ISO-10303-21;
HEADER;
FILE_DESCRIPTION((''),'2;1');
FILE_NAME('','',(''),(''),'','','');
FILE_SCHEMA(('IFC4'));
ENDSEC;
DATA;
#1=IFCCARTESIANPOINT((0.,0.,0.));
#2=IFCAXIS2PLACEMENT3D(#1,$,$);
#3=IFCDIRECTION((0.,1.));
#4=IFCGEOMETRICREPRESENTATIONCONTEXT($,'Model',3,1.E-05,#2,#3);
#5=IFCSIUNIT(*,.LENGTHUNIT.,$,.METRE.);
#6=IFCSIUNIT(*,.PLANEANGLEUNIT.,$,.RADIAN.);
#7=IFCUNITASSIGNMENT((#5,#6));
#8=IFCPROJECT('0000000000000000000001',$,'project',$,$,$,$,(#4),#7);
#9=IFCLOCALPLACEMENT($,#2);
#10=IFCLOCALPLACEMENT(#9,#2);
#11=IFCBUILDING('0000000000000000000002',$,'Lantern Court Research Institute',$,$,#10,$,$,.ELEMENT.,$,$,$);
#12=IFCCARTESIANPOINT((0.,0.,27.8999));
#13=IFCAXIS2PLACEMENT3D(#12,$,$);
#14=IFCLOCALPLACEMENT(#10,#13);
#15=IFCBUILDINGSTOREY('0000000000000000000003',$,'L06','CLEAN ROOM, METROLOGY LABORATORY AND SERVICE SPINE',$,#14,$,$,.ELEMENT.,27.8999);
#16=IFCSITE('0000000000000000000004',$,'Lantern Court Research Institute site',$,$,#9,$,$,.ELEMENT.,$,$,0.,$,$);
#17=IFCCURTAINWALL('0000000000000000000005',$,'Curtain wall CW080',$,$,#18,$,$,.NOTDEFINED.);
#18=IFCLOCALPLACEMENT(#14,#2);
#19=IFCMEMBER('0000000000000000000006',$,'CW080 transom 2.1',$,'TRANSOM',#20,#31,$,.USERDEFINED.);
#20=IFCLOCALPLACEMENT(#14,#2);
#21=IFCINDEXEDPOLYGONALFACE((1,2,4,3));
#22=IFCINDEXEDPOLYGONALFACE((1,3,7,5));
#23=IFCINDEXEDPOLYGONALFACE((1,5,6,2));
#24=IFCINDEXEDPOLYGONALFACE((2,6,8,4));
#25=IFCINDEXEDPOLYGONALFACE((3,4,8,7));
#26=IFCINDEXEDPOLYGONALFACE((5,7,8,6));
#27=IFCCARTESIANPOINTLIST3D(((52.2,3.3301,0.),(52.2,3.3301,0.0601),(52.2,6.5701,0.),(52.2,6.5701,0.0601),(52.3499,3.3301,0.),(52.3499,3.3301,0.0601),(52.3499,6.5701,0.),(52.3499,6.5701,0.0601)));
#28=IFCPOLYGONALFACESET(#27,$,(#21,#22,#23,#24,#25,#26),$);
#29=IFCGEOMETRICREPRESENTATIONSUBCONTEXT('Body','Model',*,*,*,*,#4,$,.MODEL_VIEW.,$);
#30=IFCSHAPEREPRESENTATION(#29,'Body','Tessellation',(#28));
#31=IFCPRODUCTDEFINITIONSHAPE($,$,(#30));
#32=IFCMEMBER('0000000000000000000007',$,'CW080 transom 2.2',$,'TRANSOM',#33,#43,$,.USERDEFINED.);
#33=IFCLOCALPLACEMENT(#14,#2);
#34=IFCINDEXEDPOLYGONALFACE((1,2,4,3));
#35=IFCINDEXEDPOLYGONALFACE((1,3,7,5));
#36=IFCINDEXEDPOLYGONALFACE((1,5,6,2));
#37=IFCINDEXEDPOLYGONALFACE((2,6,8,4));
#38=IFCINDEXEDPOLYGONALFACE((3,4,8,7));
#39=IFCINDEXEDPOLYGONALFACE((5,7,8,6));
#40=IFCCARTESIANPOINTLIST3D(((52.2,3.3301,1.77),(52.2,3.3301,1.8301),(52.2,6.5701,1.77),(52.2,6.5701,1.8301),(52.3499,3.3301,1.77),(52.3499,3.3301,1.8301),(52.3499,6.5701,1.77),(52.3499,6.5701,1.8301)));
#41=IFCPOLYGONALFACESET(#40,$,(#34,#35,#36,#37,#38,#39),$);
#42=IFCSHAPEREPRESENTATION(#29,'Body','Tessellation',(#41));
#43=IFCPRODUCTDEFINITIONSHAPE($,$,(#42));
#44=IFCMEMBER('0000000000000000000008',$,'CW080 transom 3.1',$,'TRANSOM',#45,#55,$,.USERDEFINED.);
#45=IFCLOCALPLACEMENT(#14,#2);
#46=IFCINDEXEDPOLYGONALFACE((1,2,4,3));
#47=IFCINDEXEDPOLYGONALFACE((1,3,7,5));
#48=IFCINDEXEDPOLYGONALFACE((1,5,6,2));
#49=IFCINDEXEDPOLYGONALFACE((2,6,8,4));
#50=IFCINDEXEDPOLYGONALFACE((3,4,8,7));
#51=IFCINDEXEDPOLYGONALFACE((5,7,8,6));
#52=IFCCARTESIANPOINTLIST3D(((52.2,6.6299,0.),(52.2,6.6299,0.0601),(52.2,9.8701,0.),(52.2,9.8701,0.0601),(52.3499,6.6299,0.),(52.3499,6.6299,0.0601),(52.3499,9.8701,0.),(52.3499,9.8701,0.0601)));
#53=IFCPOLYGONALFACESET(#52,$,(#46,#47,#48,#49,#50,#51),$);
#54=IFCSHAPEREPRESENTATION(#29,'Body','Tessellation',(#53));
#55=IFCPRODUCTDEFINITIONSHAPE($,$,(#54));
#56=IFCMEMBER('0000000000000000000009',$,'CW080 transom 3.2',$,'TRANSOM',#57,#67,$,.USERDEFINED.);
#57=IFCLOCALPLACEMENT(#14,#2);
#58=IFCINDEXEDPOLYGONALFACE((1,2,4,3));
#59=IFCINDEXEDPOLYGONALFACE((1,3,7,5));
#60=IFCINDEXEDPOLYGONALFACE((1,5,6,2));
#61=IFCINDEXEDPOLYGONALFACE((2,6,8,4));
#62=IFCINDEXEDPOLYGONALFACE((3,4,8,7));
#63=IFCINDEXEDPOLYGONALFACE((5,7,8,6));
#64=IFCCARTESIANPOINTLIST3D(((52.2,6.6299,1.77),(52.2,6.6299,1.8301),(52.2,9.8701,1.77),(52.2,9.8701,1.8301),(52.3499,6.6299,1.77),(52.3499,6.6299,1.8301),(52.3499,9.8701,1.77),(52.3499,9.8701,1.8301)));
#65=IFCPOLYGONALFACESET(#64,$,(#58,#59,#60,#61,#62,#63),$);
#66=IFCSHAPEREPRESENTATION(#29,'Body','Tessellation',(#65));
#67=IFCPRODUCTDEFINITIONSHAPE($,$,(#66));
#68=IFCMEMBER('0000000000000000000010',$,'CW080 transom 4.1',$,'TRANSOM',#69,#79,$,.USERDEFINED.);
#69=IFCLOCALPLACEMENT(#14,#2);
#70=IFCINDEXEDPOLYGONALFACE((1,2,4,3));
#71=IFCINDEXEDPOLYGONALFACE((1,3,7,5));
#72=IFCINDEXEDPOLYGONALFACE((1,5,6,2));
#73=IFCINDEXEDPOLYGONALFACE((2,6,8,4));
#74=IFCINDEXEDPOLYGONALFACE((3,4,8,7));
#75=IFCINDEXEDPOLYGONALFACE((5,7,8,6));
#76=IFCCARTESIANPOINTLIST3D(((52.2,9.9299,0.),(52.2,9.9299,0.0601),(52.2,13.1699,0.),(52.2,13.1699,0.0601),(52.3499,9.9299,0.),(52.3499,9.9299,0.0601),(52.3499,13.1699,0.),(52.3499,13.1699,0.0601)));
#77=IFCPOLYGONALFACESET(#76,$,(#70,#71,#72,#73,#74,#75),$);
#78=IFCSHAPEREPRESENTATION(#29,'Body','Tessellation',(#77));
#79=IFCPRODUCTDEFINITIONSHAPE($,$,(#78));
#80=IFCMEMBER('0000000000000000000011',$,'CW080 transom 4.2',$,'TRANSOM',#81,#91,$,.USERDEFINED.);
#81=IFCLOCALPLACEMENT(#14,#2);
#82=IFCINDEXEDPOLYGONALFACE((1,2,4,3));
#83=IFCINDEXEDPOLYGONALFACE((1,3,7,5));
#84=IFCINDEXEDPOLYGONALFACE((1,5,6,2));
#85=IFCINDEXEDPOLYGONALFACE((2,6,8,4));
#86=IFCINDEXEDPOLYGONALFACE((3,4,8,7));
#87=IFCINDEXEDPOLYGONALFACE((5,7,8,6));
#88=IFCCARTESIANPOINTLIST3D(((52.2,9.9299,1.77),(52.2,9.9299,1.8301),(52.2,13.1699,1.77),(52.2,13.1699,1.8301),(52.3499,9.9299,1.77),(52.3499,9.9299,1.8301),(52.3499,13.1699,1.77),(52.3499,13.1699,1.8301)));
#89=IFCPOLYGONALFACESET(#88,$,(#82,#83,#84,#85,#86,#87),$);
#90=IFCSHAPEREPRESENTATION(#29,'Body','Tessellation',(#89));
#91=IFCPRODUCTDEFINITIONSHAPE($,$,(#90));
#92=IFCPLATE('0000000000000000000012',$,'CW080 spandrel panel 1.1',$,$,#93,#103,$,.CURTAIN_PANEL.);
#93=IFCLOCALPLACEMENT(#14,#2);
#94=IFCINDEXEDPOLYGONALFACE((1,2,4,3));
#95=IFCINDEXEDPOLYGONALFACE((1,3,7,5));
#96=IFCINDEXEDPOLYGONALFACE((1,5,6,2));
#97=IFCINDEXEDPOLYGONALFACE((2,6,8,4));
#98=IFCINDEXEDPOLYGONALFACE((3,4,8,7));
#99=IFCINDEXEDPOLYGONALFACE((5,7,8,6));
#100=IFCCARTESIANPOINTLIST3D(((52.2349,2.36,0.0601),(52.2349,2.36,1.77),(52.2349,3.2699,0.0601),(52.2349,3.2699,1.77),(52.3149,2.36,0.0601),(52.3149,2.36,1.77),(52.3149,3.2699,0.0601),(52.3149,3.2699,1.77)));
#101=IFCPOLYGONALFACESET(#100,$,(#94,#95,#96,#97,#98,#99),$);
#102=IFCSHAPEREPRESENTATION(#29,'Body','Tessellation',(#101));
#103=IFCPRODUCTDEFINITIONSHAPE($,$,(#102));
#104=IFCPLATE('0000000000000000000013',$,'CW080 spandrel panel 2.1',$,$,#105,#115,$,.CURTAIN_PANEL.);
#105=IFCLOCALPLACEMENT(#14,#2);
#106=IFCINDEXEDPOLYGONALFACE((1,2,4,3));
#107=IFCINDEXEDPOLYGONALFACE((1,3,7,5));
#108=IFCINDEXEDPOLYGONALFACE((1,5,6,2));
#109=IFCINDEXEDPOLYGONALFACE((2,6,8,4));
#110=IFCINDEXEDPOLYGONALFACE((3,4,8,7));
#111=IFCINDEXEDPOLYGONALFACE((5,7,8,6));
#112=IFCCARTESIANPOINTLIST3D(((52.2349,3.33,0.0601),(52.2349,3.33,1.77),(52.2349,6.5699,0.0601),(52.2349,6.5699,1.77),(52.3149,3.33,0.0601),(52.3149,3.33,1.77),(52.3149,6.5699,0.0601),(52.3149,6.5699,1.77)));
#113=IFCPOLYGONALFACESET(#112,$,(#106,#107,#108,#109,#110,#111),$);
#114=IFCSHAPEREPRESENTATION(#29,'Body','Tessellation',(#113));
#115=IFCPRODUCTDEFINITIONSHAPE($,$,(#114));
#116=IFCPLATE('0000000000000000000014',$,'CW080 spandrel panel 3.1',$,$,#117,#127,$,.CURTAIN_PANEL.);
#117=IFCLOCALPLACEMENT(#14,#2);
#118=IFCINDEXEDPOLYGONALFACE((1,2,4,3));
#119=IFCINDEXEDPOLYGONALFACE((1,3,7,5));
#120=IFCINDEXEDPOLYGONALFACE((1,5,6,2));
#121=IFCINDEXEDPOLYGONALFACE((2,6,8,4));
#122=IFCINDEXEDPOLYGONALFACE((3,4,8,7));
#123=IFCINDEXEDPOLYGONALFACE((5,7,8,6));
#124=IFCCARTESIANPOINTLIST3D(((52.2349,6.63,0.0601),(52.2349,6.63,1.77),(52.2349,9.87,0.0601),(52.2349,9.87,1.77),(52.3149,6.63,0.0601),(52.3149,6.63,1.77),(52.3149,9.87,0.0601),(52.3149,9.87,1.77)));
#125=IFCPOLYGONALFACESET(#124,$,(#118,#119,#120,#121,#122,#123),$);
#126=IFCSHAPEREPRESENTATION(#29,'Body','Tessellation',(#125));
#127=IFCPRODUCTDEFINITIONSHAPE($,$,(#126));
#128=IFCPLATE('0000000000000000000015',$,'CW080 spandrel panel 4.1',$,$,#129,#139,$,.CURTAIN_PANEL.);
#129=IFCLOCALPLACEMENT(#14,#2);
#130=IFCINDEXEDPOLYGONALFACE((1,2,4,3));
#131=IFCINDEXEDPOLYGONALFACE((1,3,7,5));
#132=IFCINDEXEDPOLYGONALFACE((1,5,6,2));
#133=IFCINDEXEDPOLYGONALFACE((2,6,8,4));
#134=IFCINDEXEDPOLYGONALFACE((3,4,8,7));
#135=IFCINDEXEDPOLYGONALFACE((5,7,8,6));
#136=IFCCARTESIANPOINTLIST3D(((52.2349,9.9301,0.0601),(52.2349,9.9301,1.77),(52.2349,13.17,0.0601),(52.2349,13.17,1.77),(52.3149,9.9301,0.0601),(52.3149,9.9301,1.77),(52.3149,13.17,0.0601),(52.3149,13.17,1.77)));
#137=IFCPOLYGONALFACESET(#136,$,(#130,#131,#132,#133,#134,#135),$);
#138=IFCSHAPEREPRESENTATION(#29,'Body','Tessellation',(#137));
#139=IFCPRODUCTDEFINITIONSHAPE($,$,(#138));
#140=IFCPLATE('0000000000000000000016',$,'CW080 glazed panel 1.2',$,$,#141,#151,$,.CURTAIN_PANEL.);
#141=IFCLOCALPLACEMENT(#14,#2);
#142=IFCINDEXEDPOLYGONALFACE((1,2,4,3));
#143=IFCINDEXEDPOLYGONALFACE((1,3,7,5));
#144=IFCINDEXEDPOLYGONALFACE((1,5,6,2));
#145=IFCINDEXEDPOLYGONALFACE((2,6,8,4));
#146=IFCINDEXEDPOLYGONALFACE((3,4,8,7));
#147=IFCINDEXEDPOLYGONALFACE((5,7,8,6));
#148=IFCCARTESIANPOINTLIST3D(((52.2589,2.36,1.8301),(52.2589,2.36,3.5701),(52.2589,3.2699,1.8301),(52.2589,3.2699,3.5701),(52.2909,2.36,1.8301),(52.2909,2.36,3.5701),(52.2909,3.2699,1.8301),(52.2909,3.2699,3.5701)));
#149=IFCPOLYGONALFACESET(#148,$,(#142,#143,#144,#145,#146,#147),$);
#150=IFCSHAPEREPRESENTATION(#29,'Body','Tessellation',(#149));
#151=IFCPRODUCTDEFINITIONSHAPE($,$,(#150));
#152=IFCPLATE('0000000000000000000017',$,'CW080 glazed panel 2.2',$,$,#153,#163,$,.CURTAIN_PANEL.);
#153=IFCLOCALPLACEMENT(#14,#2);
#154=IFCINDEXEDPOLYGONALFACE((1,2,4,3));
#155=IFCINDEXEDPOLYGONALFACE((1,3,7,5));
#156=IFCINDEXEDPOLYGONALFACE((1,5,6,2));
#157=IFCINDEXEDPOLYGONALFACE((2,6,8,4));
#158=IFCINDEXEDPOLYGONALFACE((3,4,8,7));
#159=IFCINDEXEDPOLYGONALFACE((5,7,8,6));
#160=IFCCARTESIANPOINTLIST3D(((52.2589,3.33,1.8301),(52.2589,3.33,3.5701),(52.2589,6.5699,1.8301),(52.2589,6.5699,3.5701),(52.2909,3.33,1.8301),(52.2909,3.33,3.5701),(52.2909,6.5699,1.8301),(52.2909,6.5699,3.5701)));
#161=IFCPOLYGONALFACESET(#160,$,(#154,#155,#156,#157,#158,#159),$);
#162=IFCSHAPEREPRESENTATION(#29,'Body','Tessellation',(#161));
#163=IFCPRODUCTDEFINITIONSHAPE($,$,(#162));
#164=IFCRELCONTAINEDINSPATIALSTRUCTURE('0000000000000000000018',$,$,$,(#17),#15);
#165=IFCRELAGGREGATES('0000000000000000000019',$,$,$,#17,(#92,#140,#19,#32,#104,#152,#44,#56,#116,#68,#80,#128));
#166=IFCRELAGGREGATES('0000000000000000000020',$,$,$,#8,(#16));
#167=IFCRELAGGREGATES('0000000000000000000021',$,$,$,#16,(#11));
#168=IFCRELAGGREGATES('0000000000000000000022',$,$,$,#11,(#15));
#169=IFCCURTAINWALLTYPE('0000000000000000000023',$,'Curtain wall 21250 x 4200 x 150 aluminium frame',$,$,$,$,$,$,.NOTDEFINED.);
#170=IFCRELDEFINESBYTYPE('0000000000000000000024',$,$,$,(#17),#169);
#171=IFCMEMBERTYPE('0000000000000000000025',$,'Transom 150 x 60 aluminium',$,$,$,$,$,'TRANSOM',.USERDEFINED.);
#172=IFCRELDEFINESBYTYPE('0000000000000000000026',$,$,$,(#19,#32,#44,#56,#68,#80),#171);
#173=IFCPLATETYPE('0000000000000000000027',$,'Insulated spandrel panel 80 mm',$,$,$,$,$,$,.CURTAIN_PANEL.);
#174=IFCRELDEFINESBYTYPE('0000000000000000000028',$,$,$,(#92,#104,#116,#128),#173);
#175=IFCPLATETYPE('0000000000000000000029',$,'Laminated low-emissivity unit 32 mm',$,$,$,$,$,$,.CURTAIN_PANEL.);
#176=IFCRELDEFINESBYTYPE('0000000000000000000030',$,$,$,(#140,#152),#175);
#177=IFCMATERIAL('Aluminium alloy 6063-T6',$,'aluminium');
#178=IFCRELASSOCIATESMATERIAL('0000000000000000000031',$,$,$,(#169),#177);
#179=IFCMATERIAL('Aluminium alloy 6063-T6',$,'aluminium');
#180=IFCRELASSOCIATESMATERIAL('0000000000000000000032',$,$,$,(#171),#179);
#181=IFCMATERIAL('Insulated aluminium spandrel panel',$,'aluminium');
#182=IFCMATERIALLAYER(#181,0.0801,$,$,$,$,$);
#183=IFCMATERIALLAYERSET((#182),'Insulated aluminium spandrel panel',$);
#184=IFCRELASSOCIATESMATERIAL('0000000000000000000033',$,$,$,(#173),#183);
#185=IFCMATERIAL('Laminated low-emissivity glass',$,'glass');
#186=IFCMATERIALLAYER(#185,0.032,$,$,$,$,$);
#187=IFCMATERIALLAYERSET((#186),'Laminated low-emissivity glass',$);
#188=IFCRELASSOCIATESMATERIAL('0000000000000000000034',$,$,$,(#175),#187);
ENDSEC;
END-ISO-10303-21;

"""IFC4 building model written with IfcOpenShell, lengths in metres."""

from ifc_helpers import new_model, si_unit, direction, frame, origin, origin_2d, place, context, subcontext, project, spatial, rectangle, extrude, material, layer, layer_set, material_profile, profile_set, type_object, element, aggregate, save


model = new_model("IFC4")

# Units and contexts
model_context = context("Model", 3, precision=1e-05, world=origin(), true_north=direction((0.0, 1.0)))
body_context = subcontext(model_context, "Body", "Model", "MODEL_VIEW")
ifc_project = project(units=[si_unit("LENGTHUNIT", "METRE"), si_unit("PLANEANGLEUNIT", "RADIAN")], contexts=[model_context])

# Site, building, storey
site_placement = place(None, origin())
site = spatial("IfcSite", under=ifc_project, at=site_placement, Name="Lantern Court Research Institute site", CompositionType="ELEMENT", RefElevation=0.0)
building_placement = place(site_placement, origin())
building = spatial("IfcBuilding", under=site, at=building_placement, Name="Lantern Court Research Institute", CompositionType="ELEMENT")
storey_placement = place(building_placement, frame((0.0, 0.0, 27.8999)))
storey = spatial("IfcBuildingStorey", under=building, at=storey_placement, Name="L06", Description="CLEAN ROOM, METROLOGY LABORATORY AND SERVICE SPINE", CompositionType="ELEMENT", Elevation=27.8999)

# Curtain wall
ifc_material_1 = material(Name="Aluminium alloy 6063-T6", Category="aluminium")
curtain_wall_type = type_object("IfcCurtainWallType", Name="Curtain wall 21250 x 4200 x 150 aluminium frame", PredefinedType="NOTDEFINED", material=ifc_material_1)
curtain_wall_placement = place(storey_placement, origin())
curtain_wall = element("IfcCurtainWall", 1, at=curtain_wall_placement, inside=storey, type_object=curtain_wall_type, Name="Curtain wall CW080", PredefinedType="NOTDEFINED")

# Members
ifc_material_2 = material(Name="Aluminium alloy 6063-T6", Category="aluminium")
ifc_material_profile_1 = material_profile(ifc_material_2, rectangle(XDim=0.1499, YDim=0.0601, at=origin_2d()), Name="Transom 150 x 60")
ifc_profile_set_1 = profile_set([ifc_material_profile_1], Name="Aluminium alloy 6063-T6")
member_type_1 = type_object("IfcMemberType", Name="Transom 150 x 60 aluminium", ElementType="TRANSOM", PredefinedType="USERDEFINED", material=ifc_profile_set_1)
member_1_placement = place(storey_placement, frame((52.2749, 3.3301, 0.03), z_axis=(0.0, 1.0, 0.0), x_axis=(-1.0, 0.0, 0.0)))
member_1 = element("IfcMember", 2, at=member_1_placement, type_object=member_type_1, Name="CW080 transom 2.1", ObjectType="TRANSOM", PredefinedType="USERDEFINED", context=body_context, shape_type="SweptSolid", body=[
    extrude(rectangle(XDim=0.1499, YDim=0.0601, at=origin_2d()), origin(), (0.0, 0.0, 1.0), 3.24),
])
member_2_placement = place(storey_placement, frame((52.2749, 3.3301, 1.8), z_axis=(0.0, 1.0, 0.0), x_axis=(-1.0, 0.0, 0.0)))
member_2 = element("IfcMember", 3, at=member_2_placement, type_object=member_type_1, Name="CW080 transom 2.2", ObjectType="TRANSOM", PredefinedType="USERDEFINED", context=body_context, shape_type="SweptSolid", body=[
    extrude(rectangle(XDim=0.1499, YDim=0.0601, at=origin_2d()), origin(), (0.0, 0.0, 1.0), 3.24),
])
member_3_placement = place(storey_placement, frame((52.2749, 6.6299, 0.03), z_axis=(0.0, 1.0, 0.0), x_axis=(-1.0, 0.0, 0.0)))
member_3 = element("IfcMember", 4, at=member_3_placement, type_object=member_type_1, Name="CW080 transom 3.1", ObjectType="TRANSOM", PredefinedType="USERDEFINED", context=body_context, shape_type="SweptSolid", body=[
    extrude(rectangle(XDim=0.1499, YDim=0.0601, at=origin_2d()), origin(), (0.0, 0.0, 1.0), 3.2402),
])
member_4_placement = place(storey_placement, frame((52.2749, 6.6299, 1.8), z_axis=(0.0, 1.0, 0.0), x_axis=(-1.0, 0.0, 0.0)))
member_4 = element("IfcMember", 5, at=member_4_placement, type_object=member_type_1, Name="CW080 transom 3.2", ObjectType="TRANSOM", PredefinedType="USERDEFINED", context=body_context, shape_type="SweptSolid", body=[
    extrude(rectangle(XDim=0.1499, YDim=0.0601, at=origin_2d()), origin(), (0.0, 0.0, 1.0), 3.2402),
])
member_5_placement = place(storey_placement, frame((52.2749, 9.9299, 0.03), z_axis=(0.0, 1.0, 0.0), x_axis=(-1.0, 0.0, 0.0)))
member_5 = element("IfcMember", 6, at=member_5_placement, type_object=member_type_1, Name="CW080 transom 4.1", ObjectType="TRANSOM", PredefinedType="USERDEFINED", context=body_context, shape_type="SweptSolid", body=[
    extrude(rectangle(XDim=0.1499, YDim=0.0601, at=origin_2d()), origin(), (0.0, 0.0, 1.0), 3.24),
])
member_6_placement = place(storey_placement, frame((52.2749, 9.9299, 1.8), z_axis=(0.0, 1.0, 0.0), x_axis=(-1.0, 0.0, 0.0)))
member_6 = element("IfcMember", 7, at=member_6_placement, type_object=member_type_1, Name="CW080 transom 4.2", ObjectType="TRANSOM", PredefinedType="USERDEFINED", context=body_context, shape_type="SweptSolid", body=[
    extrude(rectangle(XDim=0.1499, YDim=0.0601, at=origin_2d()), origin(), (0.0, 0.0, 1.0), 3.24),
])

# Plates
ifc_material_3 = material(Name="Insulated aluminium spandrel panel", Category="aluminium")
ifc_layer_1 = layer(ifc_material_3, 0.0801)
ifc_layer_set_1 = layer_set([ifc_layer_1], Name="Insulated aluminium spandrel panel")
plate_type_1 = type_object("IfcPlateType", Name="Insulated spandrel panel 80 mm", PredefinedType="CURTAIN_PANEL", material=ifc_layer_set_1)
plate_1_placement = place(storey_placement, frame((52.2749, 2.8149, 0.0601), z_axis=(0.0, 0.0, 1.0), x_axis=(0.0, 1.0, 0.0)))
plate_1 = element("IfcPlate", 8, at=plate_1_placement, type_object=plate_type_1, Name="CW080 spandrel panel 1.1", PredefinedType="CURTAIN_PANEL", context=body_context, shape_type="SweptSolid", body=[
    extrude(rectangle(XDim=0.9099, YDim=0.0801, at=origin_2d()), origin(), (0.0, 0.0, 1.0), 1.71),
])
plate_2_placement = place(storey_placement, frame((52.2749, 4.95, 0.0601), z_axis=(0.0, 0.0, 1.0), x_axis=(0.0, 1.0, 0.0)))
plate_2 = element("IfcPlate", 9, at=plate_2_placement, type_object=plate_type_1, Name="CW080 spandrel panel 2.1", PredefinedType="CURTAIN_PANEL", context=body_context, shape_type="SweptSolid", body=[
    extrude(rectangle(XDim=3.24, YDim=0.0801, at=origin_2d()), origin(), (0.0, 0.0, 1.0), 1.71),
])
plate_3_placement = place(storey_placement, frame((52.2749, 8.25, 0.0601), z_axis=(0.0, 0.0, 1.0), x_axis=(0.0, 1.0, 0.0)))
plate_3 = element("IfcPlate", 10, at=plate_3_placement, type_object=plate_type_1, Name="CW080 spandrel panel 3.1", PredefinedType="CURTAIN_PANEL", context=body_context, shape_type="SweptSolid", body=[
    extrude(rectangle(XDim=3.24, YDim=0.0801, at=origin_2d()), origin(), (0.0, 0.0, 1.0), 1.71),
])
plate_4_placement = place(storey_placement, frame((52.2749, 11.55, 0.0601), z_axis=(0.0, 0.0, 1.0), x_axis=(0.0, 1.0, 0.0)))
plate_4 = element("IfcPlate", 11, at=plate_4_placement, type_object=plate_type_1, Name="CW080 spandrel panel 4.1", PredefinedType="CURTAIN_PANEL", context=body_context, shape_type="SweptSolid", body=[
    extrude(rectangle(XDim=3.24, YDim=0.0801, at=origin_2d()), origin(), (0.0, 0.0, 1.0), 1.71),
])
ifc_material_4 = material(Name="Laminated low-emissivity glass", Category="glass")
ifc_layer_2 = layer(ifc_material_4, 0.032)
ifc_layer_set_2 = layer_set([ifc_layer_2], Name="Laminated low-emissivity glass")
plate_type_2 = type_object("IfcPlateType", Name="Laminated low-emissivity unit 32 mm", PredefinedType="CURTAIN_PANEL", material=ifc_layer_set_2)
plate_5_placement = place(storey_placement, frame((52.2749, 2.8149, 1.8301), z_axis=(0.0, 0.0, 1.0), x_axis=(0.0, 1.0, 0.0)))
plate_5 = element("IfcPlate", 12, at=plate_5_placement, type_object=plate_type_2, Name="CW080 glazed panel 1.2", PredefinedType="CURTAIN_PANEL", context=body_context, shape_type="SweptSolid", body=[
    extrude(rectangle(XDim=0.9099, YDim=0.032, at=origin_2d()), origin(), (0.0, 0.0, 1.0), 1.74),
])
plate_6_placement = place(storey_placement, frame((52.2749, 4.95, 1.8301), z_axis=(0.0, 0.0, 1.0), x_axis=(0.0, 1.0, 0.0)))
plate_6 = element("IfcPlate", 13, at=plate_6_placement, type_object=plate_type_2, Name="CW080 glazed panel 2.2", PredefinedType="CURTAIN_PANEL", context=body_context, shape_type="SweptSolid", body=[
    extrude(rectangle(XDim=3.24, YDim=0.032, at=origin_2d()), origin(), (0.0, 0.0, 1.0), 1.74),
])
aggregate(curtain_wall, [plate_1, plate_5, member_1, member_2, plate_2, plate_6, member_3, member_4, plate_3, member_5, member_6, plate_4])

save(model, "model.ifc")
